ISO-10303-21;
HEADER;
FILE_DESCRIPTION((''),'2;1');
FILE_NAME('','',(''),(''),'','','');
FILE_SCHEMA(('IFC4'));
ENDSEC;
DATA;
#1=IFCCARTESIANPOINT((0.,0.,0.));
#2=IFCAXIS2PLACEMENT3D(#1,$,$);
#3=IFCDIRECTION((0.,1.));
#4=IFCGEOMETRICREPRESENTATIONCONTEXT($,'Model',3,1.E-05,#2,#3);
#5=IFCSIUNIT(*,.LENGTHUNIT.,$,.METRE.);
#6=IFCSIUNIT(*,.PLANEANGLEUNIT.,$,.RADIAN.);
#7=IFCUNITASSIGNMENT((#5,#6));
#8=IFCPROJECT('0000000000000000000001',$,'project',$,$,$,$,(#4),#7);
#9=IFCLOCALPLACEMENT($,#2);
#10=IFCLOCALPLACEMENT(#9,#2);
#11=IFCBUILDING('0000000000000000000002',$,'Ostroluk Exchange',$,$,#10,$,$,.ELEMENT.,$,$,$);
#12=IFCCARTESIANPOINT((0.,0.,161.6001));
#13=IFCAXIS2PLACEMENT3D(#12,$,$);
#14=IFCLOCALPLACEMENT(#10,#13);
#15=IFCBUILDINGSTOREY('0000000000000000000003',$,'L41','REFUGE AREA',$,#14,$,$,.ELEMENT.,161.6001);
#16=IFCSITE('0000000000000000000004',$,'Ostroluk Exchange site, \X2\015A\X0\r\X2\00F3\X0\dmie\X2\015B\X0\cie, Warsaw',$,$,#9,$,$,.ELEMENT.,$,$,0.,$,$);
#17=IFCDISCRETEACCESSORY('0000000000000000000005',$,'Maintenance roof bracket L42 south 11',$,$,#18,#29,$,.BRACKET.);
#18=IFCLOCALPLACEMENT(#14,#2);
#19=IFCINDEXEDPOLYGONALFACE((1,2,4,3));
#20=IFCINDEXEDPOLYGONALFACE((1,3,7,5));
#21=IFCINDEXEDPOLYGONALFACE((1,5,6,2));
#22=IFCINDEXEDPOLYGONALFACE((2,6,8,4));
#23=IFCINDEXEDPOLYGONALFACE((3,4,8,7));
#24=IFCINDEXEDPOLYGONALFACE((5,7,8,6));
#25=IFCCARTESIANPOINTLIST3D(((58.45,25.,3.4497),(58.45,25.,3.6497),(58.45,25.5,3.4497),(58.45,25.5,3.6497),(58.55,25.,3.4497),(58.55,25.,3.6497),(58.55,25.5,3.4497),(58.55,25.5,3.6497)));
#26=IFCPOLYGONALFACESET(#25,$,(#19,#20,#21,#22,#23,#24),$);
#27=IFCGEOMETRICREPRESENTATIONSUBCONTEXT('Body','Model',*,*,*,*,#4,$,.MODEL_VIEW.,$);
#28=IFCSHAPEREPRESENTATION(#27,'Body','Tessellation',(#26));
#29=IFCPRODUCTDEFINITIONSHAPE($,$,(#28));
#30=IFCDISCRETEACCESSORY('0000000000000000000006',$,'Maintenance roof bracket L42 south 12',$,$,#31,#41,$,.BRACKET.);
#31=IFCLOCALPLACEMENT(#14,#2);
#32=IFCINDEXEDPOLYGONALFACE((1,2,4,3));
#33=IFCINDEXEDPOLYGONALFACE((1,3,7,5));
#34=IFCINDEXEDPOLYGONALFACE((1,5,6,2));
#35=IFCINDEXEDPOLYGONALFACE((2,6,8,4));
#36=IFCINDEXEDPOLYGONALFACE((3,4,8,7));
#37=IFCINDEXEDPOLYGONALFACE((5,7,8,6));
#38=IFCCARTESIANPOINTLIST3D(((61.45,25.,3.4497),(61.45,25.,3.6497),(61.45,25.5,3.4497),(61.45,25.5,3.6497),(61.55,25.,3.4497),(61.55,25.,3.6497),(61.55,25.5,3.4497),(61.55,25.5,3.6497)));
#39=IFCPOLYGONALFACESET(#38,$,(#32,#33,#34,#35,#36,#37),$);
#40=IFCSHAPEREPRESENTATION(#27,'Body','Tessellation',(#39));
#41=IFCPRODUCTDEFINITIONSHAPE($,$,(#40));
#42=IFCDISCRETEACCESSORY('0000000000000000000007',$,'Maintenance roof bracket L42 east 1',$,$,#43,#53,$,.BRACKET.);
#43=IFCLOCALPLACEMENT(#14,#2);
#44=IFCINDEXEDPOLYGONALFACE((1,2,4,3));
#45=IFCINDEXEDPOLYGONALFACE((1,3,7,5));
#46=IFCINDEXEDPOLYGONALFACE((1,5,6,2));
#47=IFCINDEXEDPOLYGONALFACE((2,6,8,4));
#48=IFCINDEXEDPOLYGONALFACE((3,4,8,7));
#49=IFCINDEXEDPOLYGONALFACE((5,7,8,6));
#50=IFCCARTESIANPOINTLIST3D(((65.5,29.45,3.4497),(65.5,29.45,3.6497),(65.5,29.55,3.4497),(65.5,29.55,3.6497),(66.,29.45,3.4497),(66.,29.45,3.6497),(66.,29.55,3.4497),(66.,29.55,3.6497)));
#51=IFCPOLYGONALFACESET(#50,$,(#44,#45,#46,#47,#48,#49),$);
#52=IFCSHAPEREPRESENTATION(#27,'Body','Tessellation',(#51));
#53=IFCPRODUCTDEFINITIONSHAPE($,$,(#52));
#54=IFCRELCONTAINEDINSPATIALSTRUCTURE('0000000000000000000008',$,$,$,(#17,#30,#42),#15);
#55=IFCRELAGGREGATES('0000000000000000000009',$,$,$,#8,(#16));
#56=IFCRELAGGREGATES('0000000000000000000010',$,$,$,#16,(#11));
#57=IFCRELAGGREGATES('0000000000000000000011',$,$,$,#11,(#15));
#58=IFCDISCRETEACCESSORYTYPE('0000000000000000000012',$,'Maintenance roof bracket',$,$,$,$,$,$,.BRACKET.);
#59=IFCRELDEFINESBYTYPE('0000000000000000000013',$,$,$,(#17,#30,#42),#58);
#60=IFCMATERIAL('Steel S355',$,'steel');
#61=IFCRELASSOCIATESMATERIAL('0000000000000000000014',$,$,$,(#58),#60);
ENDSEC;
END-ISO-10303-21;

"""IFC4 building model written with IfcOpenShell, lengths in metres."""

from ifc_helpers import new_model, si_unit, direction, frame, origin, origin_2d, place, context, subcontext, project, spatial, rectangle, extrude, material, type_object, element, save


model = new_model("IFC4")

# Units and contexts
model_context = context("Model", 3, precision=1e-05, world=origin(), true_north=direction((0.0, 1.0)))
body_context = subcontext(model_context, "Body", "Model", "MODEL_VIEW")
ifc_project = project(units=[si_unit("LENGTHUNIT", "METRE"), si_unit("PLANEANGLEUNIT", "RADIAN")], contexts=[model_context])

# Site, building, storey
site_placement = place(None, origin())
site = spatial("IfcSite", under=ifc_project, at=site_placement, Name="Ostroluk Exchange site, Śródmieście, Warsaw", CompositionType="ELEMENT", RefElevation=0.0)
building_placement = place(site_placement, origin())
building = spatial("IfcBuilding", under=site, at=building_placement, Name="Ostroluk Exchange", CompositionType="ELEMENT")
storey_placement = place(building_placement, frame((0.0, 0.0, 161.6001)))
storey = spatial("IfcBuildingStorey", under=building, at=storey_placement, Name="L41", Description="REFUGE AREA", CompositionType="ELEMENT", Elevation=161.6001)

# Discrete accessories
ifc_material_1 = material(Name="Steel S355", Category="steel")
discrete_accessory_type = type_object("IfcDiscreteAccessoryType", Name="Maintenance roof bracket", PredefinedType="BRACKET", material=ifc_material_1)
for number, where, z_axis, x_axis, name in (
    (1, (58.5, 25.25, 3.4497), (0.0, 0.0, 1.0), (1.0, 0.0, 0.0), "Maintenance roof bracket L42 south 11"),
    (2, (61.5, 25.25, 3.4497), (0.0, 0.0, 1.0), (1.0, 0.0, 0.0), "Maintenance roof bracket L42 south 12"),
):
    element("IfcDiscreteAccessory", number, at=place(storey_placement, frame(where, z_axis=z_axis, x_axis=x_axis)), inside=storey, type_object=discrete_accessory_type, Name=name, PredefinedType="BRACKET", context=body_context, shape_type="SweptSolid", body=[
        extrude(rectangle(XDim=0.1001, YDim=0.5, at=origin_2d()), origin(), (0.0, 0.0, 1.0), 0.2),
    ])
discrete_accessory_placement = place(storey_placement, frame((65.75, 29.5, 3.4497), z_axis=(0.0, 0.0, 1.0), x_axis=(1.0, 0.0, 0.0)))
element("IfcDiscreteAccessory", 3, at=discrete_accessory_placement, inside=storey, type_object=discrete_accessory_type, Name="Maintenance roof bracket L42 east 1", PredefinedType="BRACKET", context=body_context, shape_type="SweptSolid", body=[
    extrude(rectangle(XDim=0.5, YDim=0.1001, at=origin_2d()), origin(), (0.0, 0.0, 1.0), 0.2),
])

save(model, "model.ifc")
